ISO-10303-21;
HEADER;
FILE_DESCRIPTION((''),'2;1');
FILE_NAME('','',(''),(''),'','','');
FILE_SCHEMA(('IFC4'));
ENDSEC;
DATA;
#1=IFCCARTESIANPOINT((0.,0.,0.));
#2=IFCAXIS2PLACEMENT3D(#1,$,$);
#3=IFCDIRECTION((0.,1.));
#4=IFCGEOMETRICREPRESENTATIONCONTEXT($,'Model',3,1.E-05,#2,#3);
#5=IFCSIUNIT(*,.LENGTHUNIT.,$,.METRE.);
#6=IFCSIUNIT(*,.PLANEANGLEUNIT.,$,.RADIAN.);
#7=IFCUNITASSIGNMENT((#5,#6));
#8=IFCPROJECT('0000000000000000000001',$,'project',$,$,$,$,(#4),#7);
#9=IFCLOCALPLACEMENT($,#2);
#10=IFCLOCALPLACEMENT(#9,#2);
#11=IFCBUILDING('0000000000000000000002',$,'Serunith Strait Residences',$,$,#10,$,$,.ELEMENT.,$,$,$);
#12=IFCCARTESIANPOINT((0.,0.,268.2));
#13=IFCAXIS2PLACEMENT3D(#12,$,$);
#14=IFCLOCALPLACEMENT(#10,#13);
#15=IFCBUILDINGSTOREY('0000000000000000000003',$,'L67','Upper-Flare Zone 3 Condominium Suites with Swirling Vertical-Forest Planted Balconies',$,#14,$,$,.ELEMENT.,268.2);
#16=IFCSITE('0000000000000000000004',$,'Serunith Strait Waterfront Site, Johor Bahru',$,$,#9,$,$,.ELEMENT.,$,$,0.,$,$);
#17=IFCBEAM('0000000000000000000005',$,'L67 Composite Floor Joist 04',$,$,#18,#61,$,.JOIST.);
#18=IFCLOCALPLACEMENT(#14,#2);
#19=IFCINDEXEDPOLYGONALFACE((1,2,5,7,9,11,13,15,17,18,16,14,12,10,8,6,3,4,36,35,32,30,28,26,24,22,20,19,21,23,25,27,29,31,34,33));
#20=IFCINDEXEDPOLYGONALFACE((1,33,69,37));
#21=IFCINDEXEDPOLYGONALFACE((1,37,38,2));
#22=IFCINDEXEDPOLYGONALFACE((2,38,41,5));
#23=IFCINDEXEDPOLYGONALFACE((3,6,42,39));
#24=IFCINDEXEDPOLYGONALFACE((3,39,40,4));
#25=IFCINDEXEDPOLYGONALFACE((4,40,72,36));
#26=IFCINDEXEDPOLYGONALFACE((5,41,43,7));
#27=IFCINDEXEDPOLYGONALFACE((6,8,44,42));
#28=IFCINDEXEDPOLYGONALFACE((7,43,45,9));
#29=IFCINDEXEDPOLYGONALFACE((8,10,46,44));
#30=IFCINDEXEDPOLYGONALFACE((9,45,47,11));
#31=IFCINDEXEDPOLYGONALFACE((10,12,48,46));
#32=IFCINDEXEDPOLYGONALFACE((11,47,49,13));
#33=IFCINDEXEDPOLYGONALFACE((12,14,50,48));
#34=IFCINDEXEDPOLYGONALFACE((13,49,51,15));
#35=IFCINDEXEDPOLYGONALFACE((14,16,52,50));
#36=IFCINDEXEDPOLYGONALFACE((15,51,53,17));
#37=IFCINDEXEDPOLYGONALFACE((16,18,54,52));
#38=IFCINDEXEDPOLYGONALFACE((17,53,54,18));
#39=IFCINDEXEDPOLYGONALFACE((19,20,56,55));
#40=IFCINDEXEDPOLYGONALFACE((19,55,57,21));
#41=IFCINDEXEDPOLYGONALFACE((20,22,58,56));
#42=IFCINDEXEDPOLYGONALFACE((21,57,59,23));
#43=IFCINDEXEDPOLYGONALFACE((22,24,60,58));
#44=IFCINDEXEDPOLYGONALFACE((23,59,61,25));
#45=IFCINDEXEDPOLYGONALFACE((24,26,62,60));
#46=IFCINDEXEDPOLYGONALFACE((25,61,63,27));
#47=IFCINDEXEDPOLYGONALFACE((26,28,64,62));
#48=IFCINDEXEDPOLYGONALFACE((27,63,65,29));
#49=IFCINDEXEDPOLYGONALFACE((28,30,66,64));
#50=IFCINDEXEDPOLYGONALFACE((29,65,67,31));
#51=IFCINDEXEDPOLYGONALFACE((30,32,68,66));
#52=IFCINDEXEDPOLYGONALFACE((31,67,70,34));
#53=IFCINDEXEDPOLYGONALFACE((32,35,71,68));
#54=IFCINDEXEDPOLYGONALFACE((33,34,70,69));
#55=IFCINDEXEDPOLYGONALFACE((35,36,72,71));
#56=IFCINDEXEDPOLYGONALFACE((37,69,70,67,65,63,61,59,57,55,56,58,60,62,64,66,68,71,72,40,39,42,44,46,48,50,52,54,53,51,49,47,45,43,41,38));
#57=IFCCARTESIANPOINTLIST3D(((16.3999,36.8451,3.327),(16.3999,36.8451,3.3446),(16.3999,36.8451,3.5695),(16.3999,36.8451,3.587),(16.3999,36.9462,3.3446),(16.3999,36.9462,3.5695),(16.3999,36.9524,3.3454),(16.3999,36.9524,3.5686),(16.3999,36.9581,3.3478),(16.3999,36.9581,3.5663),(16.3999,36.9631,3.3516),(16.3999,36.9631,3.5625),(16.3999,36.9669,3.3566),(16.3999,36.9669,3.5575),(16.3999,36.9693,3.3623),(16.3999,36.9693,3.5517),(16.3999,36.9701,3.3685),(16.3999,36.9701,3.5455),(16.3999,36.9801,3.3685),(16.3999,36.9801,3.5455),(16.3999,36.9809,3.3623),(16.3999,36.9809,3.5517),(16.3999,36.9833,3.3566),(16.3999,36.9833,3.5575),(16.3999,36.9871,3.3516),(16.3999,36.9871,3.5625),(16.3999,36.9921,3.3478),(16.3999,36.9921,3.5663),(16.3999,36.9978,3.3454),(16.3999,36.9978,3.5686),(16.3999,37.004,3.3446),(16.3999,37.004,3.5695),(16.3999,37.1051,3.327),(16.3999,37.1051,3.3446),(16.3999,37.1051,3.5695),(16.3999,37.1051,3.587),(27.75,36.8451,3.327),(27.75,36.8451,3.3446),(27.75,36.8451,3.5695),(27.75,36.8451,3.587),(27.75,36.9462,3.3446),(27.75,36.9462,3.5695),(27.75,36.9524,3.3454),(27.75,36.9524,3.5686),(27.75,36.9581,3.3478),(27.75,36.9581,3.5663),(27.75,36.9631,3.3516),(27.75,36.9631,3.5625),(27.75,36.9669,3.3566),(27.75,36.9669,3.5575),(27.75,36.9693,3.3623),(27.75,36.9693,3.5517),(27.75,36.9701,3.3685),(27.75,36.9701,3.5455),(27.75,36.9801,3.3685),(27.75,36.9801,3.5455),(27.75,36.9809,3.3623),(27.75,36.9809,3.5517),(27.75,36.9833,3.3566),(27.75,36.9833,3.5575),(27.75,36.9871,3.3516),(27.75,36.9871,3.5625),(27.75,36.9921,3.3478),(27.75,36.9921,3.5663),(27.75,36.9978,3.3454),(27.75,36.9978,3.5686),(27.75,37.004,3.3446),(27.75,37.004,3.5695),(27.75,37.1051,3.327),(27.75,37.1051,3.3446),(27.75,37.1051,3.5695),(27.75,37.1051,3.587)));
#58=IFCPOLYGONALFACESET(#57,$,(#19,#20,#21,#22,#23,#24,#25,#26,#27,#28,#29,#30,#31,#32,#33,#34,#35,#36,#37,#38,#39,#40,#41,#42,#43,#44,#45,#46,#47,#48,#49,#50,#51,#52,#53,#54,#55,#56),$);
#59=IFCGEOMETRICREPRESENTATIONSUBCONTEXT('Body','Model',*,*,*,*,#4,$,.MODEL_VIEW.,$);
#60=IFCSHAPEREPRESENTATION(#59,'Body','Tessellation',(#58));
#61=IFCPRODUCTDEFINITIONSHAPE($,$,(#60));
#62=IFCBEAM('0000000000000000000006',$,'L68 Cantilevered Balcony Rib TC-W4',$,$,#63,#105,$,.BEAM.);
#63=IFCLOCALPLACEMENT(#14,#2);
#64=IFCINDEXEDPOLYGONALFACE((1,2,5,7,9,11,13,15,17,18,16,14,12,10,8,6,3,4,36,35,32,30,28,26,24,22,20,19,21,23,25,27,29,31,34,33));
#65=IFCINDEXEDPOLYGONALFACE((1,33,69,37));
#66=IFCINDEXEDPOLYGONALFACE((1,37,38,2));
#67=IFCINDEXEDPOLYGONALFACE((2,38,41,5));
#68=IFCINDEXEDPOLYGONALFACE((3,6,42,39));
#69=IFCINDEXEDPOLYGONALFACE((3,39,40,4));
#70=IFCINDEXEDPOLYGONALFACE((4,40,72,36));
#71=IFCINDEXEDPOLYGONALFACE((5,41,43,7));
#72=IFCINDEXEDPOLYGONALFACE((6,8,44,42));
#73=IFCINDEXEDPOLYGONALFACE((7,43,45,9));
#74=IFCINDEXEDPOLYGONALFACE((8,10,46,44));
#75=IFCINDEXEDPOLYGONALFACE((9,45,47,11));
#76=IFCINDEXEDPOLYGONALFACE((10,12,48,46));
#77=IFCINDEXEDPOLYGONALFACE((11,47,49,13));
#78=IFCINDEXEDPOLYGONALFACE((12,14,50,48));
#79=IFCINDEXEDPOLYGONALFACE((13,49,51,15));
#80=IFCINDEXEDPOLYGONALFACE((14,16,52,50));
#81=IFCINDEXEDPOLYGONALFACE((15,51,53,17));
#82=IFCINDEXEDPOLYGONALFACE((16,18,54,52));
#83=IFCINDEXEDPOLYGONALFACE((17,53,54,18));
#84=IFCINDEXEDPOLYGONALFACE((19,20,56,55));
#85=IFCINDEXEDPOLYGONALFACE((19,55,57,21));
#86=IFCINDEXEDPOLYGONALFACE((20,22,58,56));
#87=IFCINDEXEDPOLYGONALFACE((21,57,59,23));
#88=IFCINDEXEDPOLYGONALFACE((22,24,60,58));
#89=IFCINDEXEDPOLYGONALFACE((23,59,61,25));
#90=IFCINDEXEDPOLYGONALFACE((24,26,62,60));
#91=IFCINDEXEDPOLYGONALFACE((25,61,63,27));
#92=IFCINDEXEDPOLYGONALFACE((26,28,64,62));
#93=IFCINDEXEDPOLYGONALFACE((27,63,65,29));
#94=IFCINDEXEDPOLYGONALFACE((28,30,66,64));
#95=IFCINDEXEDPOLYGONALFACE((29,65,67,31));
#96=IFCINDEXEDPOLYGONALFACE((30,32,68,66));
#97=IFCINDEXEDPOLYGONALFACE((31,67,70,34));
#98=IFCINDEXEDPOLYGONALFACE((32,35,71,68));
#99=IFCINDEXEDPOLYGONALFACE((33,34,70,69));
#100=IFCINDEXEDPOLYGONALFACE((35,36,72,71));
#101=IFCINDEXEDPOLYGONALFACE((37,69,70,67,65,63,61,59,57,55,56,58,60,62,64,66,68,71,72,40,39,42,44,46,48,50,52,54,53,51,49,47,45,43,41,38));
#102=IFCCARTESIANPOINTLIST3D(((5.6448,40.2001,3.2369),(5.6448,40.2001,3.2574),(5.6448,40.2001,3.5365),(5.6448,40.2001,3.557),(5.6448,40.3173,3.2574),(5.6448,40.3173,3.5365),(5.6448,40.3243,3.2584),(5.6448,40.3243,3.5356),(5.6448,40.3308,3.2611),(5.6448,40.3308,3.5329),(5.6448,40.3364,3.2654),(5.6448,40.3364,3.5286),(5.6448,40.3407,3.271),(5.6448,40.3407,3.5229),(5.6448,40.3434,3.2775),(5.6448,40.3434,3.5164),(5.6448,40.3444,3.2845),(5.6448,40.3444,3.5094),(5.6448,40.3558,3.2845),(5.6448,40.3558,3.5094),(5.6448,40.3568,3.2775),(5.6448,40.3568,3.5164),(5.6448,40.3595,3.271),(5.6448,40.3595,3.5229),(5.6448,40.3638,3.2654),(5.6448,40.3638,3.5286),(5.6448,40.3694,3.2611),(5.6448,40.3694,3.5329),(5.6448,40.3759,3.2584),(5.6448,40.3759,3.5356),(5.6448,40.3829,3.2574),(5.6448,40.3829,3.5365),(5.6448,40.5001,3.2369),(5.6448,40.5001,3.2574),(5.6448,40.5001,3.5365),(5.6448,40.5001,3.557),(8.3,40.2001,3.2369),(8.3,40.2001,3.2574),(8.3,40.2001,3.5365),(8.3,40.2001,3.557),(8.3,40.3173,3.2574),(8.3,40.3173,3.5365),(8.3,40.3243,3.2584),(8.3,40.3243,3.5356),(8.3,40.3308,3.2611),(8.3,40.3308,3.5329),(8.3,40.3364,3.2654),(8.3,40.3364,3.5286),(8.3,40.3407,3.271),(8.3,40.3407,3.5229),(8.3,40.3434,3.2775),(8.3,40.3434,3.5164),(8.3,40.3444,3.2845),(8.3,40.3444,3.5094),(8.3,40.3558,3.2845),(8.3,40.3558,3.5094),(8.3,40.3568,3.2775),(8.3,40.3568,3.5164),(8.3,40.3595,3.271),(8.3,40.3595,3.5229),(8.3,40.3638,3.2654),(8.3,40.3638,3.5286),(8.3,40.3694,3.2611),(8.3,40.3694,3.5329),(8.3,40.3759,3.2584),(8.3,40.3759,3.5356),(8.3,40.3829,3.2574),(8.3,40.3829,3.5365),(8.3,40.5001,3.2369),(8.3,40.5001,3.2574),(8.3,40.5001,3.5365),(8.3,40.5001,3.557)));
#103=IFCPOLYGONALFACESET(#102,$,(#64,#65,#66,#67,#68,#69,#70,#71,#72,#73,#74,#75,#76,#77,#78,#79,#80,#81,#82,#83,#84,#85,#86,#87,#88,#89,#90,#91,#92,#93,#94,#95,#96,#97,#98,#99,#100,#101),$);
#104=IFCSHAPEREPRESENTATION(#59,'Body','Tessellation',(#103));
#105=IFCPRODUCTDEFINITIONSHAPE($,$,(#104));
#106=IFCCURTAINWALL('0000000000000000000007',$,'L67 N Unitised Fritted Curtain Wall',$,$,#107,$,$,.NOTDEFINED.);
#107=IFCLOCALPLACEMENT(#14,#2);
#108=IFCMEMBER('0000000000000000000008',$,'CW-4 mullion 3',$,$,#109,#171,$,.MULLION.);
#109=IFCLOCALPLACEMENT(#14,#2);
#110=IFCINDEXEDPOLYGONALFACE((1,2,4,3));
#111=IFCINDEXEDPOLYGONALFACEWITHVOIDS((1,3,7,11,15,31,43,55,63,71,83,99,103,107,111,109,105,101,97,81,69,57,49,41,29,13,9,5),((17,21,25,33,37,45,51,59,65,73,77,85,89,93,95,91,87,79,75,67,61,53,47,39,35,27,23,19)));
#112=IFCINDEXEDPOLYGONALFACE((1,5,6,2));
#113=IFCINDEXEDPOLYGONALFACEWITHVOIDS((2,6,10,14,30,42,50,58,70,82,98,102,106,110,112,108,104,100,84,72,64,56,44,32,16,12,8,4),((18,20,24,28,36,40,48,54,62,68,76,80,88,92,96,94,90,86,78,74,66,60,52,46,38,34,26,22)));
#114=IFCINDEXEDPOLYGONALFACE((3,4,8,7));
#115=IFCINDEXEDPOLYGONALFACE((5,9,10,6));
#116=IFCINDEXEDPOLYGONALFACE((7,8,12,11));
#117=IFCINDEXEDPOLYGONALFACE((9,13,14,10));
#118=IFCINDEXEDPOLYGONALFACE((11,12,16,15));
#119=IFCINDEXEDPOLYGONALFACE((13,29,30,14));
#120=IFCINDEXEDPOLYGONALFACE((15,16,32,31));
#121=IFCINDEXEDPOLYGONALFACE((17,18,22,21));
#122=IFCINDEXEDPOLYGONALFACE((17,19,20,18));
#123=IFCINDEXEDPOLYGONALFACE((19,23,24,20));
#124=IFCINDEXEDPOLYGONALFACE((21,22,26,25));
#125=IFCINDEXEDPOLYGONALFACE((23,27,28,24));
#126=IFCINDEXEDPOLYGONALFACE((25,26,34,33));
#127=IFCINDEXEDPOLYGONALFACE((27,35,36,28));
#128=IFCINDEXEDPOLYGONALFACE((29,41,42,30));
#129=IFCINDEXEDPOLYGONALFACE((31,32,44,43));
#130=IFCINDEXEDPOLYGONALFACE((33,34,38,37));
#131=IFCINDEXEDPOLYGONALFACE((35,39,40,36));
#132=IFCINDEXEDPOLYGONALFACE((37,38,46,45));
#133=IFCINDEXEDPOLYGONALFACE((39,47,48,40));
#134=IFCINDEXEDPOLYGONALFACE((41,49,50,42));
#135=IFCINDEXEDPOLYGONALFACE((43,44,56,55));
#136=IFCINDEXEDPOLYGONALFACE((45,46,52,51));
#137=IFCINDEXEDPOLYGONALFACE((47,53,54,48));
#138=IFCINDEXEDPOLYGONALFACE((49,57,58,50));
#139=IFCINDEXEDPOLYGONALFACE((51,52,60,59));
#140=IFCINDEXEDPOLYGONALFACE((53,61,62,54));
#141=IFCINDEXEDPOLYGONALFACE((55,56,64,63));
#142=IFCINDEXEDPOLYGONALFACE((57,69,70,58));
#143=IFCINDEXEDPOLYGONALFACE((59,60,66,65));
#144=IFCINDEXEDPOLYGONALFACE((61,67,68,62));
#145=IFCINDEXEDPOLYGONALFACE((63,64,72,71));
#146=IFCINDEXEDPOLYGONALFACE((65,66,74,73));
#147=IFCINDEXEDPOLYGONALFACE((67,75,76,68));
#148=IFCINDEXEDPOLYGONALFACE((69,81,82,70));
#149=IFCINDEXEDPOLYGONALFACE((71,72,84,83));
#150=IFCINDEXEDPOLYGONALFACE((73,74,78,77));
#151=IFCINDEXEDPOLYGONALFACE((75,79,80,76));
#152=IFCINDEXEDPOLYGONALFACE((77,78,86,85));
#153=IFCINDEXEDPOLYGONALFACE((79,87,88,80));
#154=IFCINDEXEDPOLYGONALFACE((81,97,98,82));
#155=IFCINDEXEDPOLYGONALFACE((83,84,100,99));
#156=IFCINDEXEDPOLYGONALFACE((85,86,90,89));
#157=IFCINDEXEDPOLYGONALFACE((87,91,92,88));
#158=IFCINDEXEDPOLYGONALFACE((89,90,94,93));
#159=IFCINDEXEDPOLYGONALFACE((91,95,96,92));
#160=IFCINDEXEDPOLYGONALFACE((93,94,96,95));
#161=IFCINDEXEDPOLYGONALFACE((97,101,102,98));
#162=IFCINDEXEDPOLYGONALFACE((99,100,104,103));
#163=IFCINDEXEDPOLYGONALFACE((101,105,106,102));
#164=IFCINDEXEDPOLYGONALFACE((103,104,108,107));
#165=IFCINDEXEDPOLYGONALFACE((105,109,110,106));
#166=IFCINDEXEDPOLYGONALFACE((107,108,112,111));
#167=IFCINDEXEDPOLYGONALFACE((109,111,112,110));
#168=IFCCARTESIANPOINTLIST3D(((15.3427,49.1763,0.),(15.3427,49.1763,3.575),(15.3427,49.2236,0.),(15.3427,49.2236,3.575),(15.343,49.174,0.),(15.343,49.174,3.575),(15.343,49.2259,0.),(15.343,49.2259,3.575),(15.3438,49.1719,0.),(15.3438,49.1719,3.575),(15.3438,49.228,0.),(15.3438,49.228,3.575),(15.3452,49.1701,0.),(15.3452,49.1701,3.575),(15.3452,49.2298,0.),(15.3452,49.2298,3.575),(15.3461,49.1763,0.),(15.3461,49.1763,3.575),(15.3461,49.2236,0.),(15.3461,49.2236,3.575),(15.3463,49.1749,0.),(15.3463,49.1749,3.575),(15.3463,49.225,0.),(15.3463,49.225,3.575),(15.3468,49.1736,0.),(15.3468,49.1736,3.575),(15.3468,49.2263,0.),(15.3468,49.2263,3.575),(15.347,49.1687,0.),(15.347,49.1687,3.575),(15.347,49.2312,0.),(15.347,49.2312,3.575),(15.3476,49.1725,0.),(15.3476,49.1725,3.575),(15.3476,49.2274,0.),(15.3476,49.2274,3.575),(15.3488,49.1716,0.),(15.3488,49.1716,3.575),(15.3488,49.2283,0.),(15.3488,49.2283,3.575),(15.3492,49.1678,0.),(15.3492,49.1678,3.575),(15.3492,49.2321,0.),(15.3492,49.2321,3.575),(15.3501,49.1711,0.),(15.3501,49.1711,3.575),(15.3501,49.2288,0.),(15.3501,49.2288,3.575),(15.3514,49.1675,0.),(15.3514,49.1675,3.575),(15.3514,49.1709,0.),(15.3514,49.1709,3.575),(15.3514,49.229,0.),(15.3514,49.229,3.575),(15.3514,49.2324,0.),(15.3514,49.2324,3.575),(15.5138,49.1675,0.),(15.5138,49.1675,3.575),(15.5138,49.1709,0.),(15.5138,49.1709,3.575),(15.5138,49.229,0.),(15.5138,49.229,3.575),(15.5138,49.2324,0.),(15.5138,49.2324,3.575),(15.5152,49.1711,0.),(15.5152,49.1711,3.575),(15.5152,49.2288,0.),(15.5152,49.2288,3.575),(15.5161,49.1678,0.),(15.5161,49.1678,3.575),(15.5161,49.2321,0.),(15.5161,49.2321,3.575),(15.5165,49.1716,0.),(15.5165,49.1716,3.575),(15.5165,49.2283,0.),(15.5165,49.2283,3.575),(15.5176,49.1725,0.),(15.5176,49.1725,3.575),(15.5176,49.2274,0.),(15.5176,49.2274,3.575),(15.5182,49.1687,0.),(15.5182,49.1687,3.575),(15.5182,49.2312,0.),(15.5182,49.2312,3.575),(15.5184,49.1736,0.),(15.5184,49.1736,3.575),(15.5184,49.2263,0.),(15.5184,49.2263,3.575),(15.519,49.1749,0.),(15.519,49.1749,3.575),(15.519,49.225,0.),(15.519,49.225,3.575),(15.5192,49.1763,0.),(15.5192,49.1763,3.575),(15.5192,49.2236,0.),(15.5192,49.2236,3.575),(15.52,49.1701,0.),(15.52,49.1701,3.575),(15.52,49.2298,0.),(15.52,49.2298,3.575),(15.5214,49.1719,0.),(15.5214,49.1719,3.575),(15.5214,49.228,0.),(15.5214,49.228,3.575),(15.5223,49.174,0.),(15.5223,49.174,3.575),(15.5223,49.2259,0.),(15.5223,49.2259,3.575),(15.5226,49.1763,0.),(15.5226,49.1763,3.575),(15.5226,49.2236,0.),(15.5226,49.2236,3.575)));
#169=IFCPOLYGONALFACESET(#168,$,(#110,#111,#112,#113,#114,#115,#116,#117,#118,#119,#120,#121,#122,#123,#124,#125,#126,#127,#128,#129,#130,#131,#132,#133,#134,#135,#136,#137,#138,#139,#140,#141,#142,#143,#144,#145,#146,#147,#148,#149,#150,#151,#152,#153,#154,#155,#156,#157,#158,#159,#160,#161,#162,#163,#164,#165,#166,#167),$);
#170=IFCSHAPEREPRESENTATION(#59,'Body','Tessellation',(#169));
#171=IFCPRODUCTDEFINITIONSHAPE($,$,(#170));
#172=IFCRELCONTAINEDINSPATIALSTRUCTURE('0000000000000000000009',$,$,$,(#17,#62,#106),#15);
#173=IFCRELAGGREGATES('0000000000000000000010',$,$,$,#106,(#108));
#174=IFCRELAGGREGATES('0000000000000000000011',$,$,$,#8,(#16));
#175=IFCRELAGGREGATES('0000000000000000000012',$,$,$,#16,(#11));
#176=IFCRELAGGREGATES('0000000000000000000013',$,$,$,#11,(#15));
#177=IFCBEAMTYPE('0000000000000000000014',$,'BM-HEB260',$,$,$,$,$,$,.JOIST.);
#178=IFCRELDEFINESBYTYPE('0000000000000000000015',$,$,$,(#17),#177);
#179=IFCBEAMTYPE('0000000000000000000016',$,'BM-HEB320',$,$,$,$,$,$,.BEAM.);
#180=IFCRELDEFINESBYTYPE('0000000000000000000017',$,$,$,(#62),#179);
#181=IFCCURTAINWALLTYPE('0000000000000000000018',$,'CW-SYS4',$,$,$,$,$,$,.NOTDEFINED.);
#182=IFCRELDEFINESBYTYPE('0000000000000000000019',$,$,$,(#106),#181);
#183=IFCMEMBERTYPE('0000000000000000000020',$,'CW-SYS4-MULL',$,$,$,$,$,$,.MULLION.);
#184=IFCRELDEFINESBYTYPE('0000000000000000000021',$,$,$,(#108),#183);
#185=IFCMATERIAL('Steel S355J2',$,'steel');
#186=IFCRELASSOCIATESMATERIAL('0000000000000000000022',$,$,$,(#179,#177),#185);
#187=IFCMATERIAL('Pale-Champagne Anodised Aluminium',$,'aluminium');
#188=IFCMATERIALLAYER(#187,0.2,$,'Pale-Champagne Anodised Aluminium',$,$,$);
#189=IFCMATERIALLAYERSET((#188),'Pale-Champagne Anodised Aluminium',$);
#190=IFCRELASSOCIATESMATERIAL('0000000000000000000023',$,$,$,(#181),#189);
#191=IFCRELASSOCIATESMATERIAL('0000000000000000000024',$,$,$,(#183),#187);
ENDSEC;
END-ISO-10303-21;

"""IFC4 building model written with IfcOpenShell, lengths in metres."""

from ifc_helpers import new_model, si_unit, direction, frame, origin, origin_2d, place, context, subcontext, project, spatial, hollow_rectangle, i_section, extrude, source, transform, mapped, material, layer, layer_set, material_profile, profile_set, type_object, element, aggregate, save


model = new_model("IFC4")

# Units and contexts
model_context = context("Model", 3, precision=1e-05, world=origin(), true_north=direction((0.0, 1.0)))
body_context = subcontext(model_context, "Body", "Model", "MODEL_VIEW")
ifc_project = project(units=[si_unit("LENGTHUNIT", "METRE"), si_unit("PLANEANGLEUNIT", "RADIAN")], contexts=[model_context])

# Site, building, storey
site_placement = place(None, origin())
site = spatial("IfcSite", under=ifc_project, at=site_placement, Name="Serunith Strait Waterfront Site, Johor Bahru", CompositionType="ELEMENT", RefElevation=0.0)
building_placement = place(site_placement, origin())
building = spatial("IfcBuilding", under=site, at=building_placement, Name="Serunith Strait Residences", CompositionType="ELEMENT")
storey_placement = place(building_placement, frame((0.0, 0.0, 268.2)))
storey = spatial("IfcBuildingStorey", under=building, at=storey_placement, Name="L67", Description="Upper-Flare Zone 3 Condominium Suites with Swirling Vertical-Forest Planted Balconies", CompositionType="ELEMENT", Elevation=268.2)

# Beams
ifc_material_1 = material(Name="Steel S355J2", Category="steel")
ifc_material_profile_1 = material_profile(ifc_material_1, i_section(OverallWidth=0.3, OverallDepth=0.3201, WebThickness=0.0115, FlangeThickness=0.0205, FilletRadius=0.0271, at=origin_2d()), Name="HEB 320")
ifc_profile_set_1 = profile_set([ifc_material_profile_1], Name="Steel S355J2")
beam_type_1 = type_object("IfcBeamType", Name="BM-HEB320", PredefinedType="BEAM", material=ifc_profile_set_1)
ifc_material_profile_2 = material_profile(ifc_material_1, i_section(OverallWidth=0.26, OverallDepth=0.26, WebThickness=0.01, FlangeThickness=0.0176, FilletRadius=0.0239, at=origin_2d()), Name="HEB 260")
ifc_profile_set_2 = profile_set([ifc_material_profile_2], Name="Steel S355J2")
beam_type_2 = type_object("IfcBeamType", Name="BM-HEB260", PredefinedType="JOIST", material=ifc_profile_set_2)
shared_shape_1 = source(origin(), body_context, "Body", "SweptSolid", [
    extrude(i_section(OverallWidth=0.26, OverallDepth=0.26, WebThickness=0.01, FlangeThickness=0.0176, FilletRadius=0.0239, at=origin_2d()), origin(), (0.0, 0.0, 1.0), 11.3501),
])
beam_1_placement = place(storey_placement, frame((16.3999, 36.9751, 3.457), z_axis=(1.0, 0.0, 0.0), x_axis=(0.0, 1.0, 0.0)))
element("IfcBeam", 1, at=beam_1_placement, inside=storey, type_object=beam_type_2, Name="L67 Composite Floor Joist 04", PredefinedType="JOIST", context=body_context, shape_type="MappedRepresentation", body=[
    mapped(shared_shape_1, transform((0.0, 0.0, 0.0), scale=1.0)),
])
shared_shape_2 = source(origin(), body_context, "Body", "SweptSolid", [
    extrude(i_section(OverallWidth=0.3, OverallDepth=0.3201, WebThickness=0.0115, FlangeThickness=0.0205, FilletRadius=0.0271, at=origin_2d()), origin(), (0.0, 0.0, 1.0), 2.6553),
])
beam_2_placement = place(storey_placement, frame((8.3, 40.3501, 3.397), z_axis=(-1.0, 0.0, 0.0), x_axis=(0.0, -1.0, 0.0)))
element("IfcBeam", 2, at=beam_2_placement, inside=storey, type_object=beam_type_1, Name="L68 Cantilevered Balcony Rib TC-W4", PredefinedType="BEAM", context=body_context, shape_type="MappedRepresentation", body=[
    mapped(shared_shape_2, transform((0.0, 0.0, 0.0), scale=1.0)),
])

# Curtain wall, member
ifc_material_2 = material(Name="Pale-Champagne Anodised Aluminium", Category="aluminium")
ifc_layer_1 = layer(ifc_material_2, 0.2, Name="Pale-Champagne Anodised Aluminium")
ifc_layer_set_1 = layer_set([ifc_layer_1], Name="Pale-Champagne Anodised Aluminium")
curtain_wall_type = type_object("IfcCurtainWallType", Name="CW-SYS4", PredefinedType="NOTDEFINED", material=ifc_layer_set_1)
curtain_wall_1_placement = place(storey_placement, origin())
curtain_wall_1 = element("IfcCurtainWall", 3, at=curtain_wall_1_placement, inside=storey, type_object=curtain_wall_type, Name="L67 N Unitised Fritted Curtain Wall", PredefinedType="NOTDEFINED")
ifc_material_profile_3 = material_profile(ifc_material_2, hollow_rectangle(XDim=0.0649, YDim=0.1799, WallThickness=0.0034, InnerFilletRadius=0.0054, OuterFilletRadius=0.0088, at=origin_2d()), Name="ALU 180x65x3.5")
ifc_profile_set_3 = profile_set([ifc_material_profile_3], Name="Pale-Champagne Anodised Aluminium")
member_type_1 = type_object("IfcMemberType", Name="CW-SYS4-MULL", PredefinedType="MULLION", material=ifc_profile_set_3)
shared_shape_3 = source(origin(), body_context, "Body", "SweptSolid", [
    extrude(hollow_rectangle(XDim=0.0649, YDim=0.1799, WallThickness=0.0034, InnerFilletRadius=0.0054, OuterFilletRadius=0.0088, at=origin_2d()), origin(), (0.0, 0.0, 1.0), 3.575),
])
member_1_placement = place(storey_placement, frame((15.4326, 49.2, 0.0), z_axis=(0.0, 0.0, 1.0), x_axis=(0.0, -1.0, 0.0)))
member_1 = element("IfcMember", 4, at=member_1_placement, type_object=member_type_1, Name="CW-4 mullion 3", PredefinedType="MULLION", context=body_context, shape_type="MappedRepresentation", body=[
    mapped(shared_shape_3, transform((0.0, 0.0, 0.0), scale=1.0)),
])

aggregate(curtain_wall_1, [member_1])

save(model, "model.ifc")
